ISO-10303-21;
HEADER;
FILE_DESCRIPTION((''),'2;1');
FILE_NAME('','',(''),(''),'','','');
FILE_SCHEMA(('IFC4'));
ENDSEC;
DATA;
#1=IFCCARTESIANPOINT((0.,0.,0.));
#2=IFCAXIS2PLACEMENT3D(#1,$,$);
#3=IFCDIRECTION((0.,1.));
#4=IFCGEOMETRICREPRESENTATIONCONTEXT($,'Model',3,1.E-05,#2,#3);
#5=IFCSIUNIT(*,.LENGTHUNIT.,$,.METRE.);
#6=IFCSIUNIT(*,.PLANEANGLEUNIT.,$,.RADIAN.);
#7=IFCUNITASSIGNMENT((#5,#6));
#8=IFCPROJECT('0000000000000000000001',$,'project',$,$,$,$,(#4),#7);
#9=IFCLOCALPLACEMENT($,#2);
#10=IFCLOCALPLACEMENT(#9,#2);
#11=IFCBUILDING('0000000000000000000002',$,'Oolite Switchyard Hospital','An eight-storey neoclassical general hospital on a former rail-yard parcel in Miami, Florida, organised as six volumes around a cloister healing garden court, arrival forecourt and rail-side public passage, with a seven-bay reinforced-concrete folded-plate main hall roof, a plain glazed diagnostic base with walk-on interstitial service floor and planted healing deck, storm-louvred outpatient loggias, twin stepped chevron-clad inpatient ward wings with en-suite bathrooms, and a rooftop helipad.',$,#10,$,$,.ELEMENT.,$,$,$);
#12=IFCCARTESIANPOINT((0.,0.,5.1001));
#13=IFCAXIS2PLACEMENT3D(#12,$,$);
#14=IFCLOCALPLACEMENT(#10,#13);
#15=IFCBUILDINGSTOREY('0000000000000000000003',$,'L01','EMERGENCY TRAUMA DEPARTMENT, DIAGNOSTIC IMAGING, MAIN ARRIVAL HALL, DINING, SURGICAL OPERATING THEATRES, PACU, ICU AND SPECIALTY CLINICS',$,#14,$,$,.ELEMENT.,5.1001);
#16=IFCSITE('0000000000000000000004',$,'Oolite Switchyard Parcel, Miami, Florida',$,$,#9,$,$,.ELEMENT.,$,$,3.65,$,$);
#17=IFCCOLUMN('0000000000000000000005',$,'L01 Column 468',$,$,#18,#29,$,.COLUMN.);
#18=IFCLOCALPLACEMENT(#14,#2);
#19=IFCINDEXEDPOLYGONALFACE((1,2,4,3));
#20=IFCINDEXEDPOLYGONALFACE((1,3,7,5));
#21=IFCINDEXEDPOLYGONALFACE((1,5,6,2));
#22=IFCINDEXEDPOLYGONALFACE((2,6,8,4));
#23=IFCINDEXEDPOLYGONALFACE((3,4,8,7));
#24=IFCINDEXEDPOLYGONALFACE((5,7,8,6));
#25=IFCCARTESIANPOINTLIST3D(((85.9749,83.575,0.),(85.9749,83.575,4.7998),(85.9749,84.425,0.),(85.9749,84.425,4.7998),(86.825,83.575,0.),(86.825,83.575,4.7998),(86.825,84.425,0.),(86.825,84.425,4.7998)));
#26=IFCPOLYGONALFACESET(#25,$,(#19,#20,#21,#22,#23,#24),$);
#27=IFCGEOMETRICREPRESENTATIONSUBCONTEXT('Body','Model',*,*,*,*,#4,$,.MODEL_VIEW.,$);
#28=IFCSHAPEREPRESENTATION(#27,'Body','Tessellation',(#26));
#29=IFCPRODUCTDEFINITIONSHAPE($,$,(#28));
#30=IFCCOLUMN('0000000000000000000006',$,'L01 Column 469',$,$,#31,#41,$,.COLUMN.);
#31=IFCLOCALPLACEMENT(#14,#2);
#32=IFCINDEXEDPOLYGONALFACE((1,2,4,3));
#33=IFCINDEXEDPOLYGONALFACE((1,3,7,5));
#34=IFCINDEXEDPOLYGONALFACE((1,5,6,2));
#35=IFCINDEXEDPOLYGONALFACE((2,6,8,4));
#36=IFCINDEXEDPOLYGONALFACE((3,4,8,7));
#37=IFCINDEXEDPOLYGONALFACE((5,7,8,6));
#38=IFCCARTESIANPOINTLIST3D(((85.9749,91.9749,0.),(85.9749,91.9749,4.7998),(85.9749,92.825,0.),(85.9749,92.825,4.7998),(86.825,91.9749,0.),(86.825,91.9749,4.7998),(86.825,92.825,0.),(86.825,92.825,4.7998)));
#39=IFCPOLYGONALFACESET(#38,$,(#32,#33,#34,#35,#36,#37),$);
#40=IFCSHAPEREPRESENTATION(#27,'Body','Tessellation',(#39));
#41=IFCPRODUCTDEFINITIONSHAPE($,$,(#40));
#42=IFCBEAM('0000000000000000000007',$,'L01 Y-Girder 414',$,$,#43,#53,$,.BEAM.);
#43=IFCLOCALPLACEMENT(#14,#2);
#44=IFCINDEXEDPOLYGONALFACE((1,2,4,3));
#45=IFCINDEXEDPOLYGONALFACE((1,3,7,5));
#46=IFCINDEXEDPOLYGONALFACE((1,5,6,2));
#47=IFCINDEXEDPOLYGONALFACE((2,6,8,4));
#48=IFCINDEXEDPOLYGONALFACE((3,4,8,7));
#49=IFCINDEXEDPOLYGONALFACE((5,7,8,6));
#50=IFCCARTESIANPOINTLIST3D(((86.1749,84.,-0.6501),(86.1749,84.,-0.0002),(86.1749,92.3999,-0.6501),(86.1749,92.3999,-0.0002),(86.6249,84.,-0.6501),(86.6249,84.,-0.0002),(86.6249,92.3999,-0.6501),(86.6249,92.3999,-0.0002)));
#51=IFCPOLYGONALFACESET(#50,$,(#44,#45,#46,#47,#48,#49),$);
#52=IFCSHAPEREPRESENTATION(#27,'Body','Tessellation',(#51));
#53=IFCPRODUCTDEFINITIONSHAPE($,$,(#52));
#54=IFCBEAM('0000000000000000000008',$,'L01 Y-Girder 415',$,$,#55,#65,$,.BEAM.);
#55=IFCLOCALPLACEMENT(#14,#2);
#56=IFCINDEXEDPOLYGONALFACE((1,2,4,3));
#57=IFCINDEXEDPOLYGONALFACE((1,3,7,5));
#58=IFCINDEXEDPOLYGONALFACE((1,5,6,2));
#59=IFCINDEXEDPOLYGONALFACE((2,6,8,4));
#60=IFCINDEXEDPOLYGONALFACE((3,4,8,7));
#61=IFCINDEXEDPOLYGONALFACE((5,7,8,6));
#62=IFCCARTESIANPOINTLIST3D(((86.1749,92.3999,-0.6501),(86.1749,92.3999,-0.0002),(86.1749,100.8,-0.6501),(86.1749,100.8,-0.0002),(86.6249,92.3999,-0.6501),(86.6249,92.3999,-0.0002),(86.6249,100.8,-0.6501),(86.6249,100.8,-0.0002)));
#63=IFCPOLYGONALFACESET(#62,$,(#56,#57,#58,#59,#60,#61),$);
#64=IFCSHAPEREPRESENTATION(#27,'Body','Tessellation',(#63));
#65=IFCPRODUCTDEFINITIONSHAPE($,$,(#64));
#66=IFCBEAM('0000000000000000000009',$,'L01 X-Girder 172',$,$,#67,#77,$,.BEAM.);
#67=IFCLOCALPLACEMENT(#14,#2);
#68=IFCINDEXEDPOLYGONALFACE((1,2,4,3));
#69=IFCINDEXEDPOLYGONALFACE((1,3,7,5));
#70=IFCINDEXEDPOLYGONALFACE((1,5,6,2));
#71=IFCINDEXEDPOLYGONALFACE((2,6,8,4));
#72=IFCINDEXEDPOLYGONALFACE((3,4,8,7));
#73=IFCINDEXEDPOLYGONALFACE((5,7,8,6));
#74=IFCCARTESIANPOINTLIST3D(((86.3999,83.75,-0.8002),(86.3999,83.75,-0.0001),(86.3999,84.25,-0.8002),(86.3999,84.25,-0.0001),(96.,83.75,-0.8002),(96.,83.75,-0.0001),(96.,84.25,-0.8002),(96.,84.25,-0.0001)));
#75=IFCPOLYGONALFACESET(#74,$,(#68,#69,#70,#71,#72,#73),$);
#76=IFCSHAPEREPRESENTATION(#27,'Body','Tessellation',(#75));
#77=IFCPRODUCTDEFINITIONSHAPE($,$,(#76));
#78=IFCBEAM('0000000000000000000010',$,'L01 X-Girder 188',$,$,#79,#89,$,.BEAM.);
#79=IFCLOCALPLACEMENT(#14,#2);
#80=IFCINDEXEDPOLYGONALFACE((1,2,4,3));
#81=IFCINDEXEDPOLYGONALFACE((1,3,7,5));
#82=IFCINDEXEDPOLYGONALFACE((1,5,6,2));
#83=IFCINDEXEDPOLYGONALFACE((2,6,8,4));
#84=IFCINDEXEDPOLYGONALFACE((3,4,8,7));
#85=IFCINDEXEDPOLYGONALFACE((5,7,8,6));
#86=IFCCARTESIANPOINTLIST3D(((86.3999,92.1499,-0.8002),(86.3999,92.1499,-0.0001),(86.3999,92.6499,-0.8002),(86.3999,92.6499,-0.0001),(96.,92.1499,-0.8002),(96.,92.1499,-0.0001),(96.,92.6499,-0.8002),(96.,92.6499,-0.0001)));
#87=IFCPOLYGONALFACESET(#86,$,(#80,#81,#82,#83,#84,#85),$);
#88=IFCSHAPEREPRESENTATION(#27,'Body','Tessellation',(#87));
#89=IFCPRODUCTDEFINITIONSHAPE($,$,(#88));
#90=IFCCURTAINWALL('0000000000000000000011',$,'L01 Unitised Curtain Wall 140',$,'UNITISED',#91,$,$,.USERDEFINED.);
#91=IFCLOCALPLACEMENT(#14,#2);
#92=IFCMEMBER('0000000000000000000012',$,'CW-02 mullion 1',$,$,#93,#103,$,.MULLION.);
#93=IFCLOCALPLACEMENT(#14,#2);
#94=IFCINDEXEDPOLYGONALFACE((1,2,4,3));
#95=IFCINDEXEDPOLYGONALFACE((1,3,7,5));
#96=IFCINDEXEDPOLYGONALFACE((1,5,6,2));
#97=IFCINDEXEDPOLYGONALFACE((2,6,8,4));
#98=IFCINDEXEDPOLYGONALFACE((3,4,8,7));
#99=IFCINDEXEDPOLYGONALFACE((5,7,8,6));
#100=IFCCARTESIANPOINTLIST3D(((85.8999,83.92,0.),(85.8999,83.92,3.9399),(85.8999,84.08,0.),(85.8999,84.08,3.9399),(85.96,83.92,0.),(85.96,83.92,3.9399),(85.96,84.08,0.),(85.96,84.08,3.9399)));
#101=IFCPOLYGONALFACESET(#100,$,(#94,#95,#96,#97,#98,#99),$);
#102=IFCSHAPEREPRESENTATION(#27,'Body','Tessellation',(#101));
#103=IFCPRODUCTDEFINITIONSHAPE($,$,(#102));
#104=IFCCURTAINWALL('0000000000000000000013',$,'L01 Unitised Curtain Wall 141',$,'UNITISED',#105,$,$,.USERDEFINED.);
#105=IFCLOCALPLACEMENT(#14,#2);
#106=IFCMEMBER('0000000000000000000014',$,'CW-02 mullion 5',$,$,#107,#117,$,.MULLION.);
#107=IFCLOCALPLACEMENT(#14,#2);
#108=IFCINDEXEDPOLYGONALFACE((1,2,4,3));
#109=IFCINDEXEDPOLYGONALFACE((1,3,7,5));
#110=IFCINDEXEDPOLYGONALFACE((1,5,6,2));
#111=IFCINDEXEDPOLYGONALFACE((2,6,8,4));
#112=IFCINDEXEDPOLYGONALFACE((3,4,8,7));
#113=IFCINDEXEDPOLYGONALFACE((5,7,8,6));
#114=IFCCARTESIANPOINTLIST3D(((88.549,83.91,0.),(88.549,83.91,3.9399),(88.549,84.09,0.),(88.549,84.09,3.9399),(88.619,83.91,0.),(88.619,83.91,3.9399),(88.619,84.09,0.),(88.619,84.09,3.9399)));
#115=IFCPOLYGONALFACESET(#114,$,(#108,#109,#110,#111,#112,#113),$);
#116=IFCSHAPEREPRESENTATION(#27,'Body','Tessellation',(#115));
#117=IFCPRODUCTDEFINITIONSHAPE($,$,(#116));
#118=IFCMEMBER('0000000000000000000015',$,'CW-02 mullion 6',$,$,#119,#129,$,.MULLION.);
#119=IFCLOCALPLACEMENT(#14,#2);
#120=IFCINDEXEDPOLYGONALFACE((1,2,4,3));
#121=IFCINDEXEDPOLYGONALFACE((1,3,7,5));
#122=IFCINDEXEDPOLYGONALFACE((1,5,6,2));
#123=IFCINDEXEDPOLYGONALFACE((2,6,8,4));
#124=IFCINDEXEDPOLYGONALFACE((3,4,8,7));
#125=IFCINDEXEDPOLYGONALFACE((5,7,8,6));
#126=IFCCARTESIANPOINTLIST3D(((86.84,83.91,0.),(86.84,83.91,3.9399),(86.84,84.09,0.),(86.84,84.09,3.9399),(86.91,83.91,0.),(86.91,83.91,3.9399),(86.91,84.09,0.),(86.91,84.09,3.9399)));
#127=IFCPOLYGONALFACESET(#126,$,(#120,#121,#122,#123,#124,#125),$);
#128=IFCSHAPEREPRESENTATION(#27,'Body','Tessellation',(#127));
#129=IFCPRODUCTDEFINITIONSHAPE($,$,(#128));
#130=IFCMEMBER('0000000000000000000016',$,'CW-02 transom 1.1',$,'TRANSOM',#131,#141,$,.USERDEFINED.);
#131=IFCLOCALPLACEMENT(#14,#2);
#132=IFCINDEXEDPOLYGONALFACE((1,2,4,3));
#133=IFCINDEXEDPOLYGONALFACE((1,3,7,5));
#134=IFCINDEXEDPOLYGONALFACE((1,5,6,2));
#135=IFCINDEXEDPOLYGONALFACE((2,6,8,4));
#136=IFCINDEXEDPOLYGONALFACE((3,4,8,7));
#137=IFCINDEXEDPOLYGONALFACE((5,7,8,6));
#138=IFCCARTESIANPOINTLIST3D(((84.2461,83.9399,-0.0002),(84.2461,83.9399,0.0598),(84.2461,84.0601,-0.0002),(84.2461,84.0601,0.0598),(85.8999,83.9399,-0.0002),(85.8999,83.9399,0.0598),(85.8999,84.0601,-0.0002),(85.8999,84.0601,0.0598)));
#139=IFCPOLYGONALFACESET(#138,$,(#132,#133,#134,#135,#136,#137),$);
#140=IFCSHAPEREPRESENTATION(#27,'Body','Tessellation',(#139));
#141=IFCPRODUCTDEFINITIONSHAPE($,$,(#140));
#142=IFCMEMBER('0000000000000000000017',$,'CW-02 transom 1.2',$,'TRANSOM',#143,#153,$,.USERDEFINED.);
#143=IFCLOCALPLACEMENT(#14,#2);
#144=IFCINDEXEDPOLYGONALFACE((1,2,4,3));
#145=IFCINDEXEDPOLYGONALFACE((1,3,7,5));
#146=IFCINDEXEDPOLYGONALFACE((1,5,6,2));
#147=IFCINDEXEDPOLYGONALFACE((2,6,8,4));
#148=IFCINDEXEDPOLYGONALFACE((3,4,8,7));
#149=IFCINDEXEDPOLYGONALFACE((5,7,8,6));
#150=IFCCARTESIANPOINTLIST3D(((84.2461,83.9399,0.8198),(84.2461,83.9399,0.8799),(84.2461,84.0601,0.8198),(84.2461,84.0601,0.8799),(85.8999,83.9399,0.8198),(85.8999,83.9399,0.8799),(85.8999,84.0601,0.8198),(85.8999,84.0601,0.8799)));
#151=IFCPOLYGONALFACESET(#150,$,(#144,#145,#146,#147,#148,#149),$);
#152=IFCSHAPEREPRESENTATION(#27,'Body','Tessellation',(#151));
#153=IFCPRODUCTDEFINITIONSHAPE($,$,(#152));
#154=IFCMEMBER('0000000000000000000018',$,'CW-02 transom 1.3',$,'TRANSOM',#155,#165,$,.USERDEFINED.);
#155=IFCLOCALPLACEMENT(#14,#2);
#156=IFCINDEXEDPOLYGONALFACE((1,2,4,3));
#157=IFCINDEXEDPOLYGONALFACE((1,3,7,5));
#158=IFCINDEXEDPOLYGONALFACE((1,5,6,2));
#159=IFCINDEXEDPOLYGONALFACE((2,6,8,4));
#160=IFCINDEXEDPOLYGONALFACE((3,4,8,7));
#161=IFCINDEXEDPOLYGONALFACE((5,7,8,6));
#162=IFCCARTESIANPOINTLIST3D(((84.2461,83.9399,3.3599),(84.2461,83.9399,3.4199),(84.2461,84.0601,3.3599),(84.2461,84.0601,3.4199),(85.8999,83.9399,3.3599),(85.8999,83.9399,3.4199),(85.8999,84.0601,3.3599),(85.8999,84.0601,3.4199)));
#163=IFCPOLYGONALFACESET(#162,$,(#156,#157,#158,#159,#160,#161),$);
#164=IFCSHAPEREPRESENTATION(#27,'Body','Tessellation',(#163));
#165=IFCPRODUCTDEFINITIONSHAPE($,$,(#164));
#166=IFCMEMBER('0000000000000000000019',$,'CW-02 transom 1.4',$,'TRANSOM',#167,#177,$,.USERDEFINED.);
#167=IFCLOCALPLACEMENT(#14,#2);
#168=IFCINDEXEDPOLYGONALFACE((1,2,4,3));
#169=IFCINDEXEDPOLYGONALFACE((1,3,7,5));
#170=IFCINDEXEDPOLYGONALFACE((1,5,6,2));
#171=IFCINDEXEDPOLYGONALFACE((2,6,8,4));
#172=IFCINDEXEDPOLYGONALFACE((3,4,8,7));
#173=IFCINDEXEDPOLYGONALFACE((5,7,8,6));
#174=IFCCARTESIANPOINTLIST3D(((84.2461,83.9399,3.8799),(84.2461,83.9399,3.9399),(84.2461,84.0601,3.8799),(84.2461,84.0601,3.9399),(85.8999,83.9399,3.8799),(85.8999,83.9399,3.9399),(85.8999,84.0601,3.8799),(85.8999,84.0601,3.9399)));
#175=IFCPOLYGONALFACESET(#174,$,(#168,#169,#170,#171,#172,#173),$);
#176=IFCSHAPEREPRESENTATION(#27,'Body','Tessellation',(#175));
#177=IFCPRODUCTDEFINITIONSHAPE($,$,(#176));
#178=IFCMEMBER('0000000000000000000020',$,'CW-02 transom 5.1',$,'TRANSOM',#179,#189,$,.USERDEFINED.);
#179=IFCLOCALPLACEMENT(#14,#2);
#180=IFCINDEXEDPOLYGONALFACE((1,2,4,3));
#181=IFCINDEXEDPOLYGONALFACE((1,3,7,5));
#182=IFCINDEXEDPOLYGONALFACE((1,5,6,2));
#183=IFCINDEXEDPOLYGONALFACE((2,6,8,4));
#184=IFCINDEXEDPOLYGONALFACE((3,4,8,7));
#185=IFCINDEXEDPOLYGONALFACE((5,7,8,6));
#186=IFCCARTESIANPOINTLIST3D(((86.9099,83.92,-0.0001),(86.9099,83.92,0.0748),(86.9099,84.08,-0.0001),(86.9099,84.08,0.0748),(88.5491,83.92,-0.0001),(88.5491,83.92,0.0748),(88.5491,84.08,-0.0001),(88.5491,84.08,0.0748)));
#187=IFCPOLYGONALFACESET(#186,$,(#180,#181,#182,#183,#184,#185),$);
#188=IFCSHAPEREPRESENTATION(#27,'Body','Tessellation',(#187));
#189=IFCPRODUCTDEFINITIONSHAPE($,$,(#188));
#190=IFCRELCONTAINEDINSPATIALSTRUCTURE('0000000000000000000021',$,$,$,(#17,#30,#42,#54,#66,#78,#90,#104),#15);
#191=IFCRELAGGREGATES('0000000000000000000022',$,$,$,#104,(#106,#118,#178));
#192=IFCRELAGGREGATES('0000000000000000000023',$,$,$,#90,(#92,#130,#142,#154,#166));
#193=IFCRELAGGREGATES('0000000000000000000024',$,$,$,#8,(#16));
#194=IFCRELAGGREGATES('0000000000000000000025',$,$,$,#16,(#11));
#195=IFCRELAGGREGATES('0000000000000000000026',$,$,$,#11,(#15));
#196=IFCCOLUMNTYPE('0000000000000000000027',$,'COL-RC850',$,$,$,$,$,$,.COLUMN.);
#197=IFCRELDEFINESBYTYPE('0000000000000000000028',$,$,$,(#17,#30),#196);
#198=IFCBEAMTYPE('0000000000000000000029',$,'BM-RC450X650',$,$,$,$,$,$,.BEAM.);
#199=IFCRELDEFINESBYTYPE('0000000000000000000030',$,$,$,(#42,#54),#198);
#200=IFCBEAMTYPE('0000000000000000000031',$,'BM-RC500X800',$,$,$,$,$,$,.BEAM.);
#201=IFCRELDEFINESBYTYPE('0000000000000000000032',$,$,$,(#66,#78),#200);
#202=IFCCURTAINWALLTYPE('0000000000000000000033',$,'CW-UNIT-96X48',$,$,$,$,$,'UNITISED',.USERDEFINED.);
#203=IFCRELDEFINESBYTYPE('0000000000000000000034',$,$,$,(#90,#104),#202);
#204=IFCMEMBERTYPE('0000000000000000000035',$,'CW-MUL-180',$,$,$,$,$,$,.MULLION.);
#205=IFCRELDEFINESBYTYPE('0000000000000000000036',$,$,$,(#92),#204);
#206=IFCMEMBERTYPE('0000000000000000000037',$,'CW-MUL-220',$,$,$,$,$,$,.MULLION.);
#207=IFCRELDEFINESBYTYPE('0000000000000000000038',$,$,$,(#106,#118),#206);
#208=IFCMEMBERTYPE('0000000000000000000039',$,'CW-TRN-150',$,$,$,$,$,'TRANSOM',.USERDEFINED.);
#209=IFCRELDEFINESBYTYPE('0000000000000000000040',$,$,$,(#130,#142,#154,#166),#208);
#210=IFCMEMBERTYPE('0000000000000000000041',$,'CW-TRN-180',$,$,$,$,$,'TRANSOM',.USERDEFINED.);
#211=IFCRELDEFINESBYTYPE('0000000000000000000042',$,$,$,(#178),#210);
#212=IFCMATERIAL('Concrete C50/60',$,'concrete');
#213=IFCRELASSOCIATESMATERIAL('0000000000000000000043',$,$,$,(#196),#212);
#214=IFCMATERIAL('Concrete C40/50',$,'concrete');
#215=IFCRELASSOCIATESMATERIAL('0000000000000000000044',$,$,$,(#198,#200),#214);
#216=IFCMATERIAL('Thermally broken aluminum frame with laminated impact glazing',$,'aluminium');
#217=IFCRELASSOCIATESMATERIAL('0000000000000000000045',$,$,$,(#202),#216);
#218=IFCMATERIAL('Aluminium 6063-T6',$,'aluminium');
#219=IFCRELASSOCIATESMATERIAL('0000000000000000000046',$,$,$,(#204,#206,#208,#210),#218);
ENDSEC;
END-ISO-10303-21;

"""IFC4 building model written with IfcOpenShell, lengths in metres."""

from ifc_helpers import new_model, si_unit, direction, frame, origin, origin_2d, place, context, subcontext, project, spatial, rectangle, extrude, material, material_profile, profile_set, type_object, element, aggregate, save


model = new_model("IFC4")

# Units and contexts
model_context = context("Model", 3, precision=1e-05, world=origin(), true_north=direction((0.0, 1.0)))
body_context = subcontext(model_context, "Body", "Model", "MODEL_VIEW")
ifc_project = project(units=[si_unit("LENGTHUNIT", "METRE"), si_unit("PLANEANGLEUNIT", "RADIAN")], contexts=[model_context])

# Site, building, storey
site_placement = place(None, origin())
site = spatial("IfcSite", under=ifc_project, at=site_placement, Name="Oolite Switchyard Parcel, Miami, Florida", CompositionType="ELEMENT", RefElevation=3.65)
building_placement = place(site_placement, origin())
building = spatial("IfcBuilding", under=site, at=building_placement, Name="Oolite Switchyard Hospital", Description="An eight-storey neoclassical general hospital on a former rail-yard parcel in Miami, Florida, organised as six volumes around a cloister healing garden court, arrival forecourt and rail-side public passage, with a seven-bay reinforced-concrete folded-plate main hall roof, a plain glazed diagnostic base with walk-on interstitial service floor and planted healing deck, storm-louvred outpatient loggias, twin stepped chevron-clad inpatient ward wings with en-suite bathrooms, and a rooftop helipad.", CompositionType="ELEMENT")
storey_placement = place(building_placement, frame((0.0, 0.0, 5.1001)))
storey = spatial("IfcBuildingStorey", under=building, at=storey_placement, Name="L01", Description="EMERGENCY TRAUMA DEPARTMENT, DIAGNOSTIC IMAGING, MAIN ARRIVAL HALL, DINING, SURGICAL OPERATING THEATRES, PACU, ICU AND SPECIALTY CLINICS", CompositionType="ELEMENT", Elevation=5.1001)

# Columns
ifc_material_1 = material(Name="Concrete C50/60", Category="concrete")
ifc_material_profile_1 = material_profile(ifc_material_1, rectangle(XDim=0.8501, YDim=0.8501, at=origin_2d()), Name="RC850X850")
ifc_profile_set_1 = profile_set([ifc_material_profile_1], Name="Concrete C50/60")
column_type = type_object("IfcColumnType", Name="COL-RC850", PredefinedType="COLUMN", material=ifc_profile_set_1)
for number, where, z_axis, x_axis, name in (
    (1, (86.3999, 84.0, 0.0), (0.0, 0.0, 1.0), (1.0, 0.0, 0.0), "L01 Column 468"),
    (2, (86.3999, 92.3999, 0.0), (0.0, 0.0, 1.0), (1.0, 0.0, 0.0), "L01 Column 469"),
):
    element("IfcColumn", number, at=place(storey_placement, frame(where, z_axis=z_axis, x_axis=x_axis)), inside=storey, type_object=column_type, Name=name, PredefinedType="COLUMN", context=body_context, shape_type="SweptSolid", body=[
        extrude(rectangle(XDim=0.8501, YDim=0.8501, at=origin_2d()), origin(), (0.0, 0.0, 1.0), 4.7998),
    ])

# Beams
ifc_material_2 = material(Name="Concrete C40/50", Category="concrete")
ifc_material_profile_2 = material_profile(ifc_material_2, rectangle(XDim=0.45, YDim=0.6499, at=origin_2d()), Name="RCB450X650")
ifc_profile_set_2 = profile_set([ifc_material_profile_2], Name="Concrete C40/50")
beam_type_1 = type_object("IfcBeamType", Name="BM-RC450X650", PredefinedType="BEAM", material=ifc_profile_set_2)
beam_1_placement = place(storey_placement, frame((86.3999, 84.0, -0.3252), z_axis=(0.0, 1.0, 0.0), x_axis=(-1.0, 0.0, 0.0)))
element("IfcBeam", 3, at=beam_1_placement, inside=storey, type_object=beam_type_1, Name="L01 Y-Girder 414", PredefinedType="BEAM", context=body_context, shape_type="SweptSolid", body=[
    extrude(rectangle(XDim=0.45, YDim=0.6499, at=origin_2d()), origin(), (0.0, 0.0, 1.0), 8.3999),
])
beam_2_placement = place(storey_placement, frame((86.3999, 92.3999, -0.3252), z_axis=(0.0, 1.0, 0.0), x_axis=(-1.0, 0.0, 0.0)))
element("IfcBeam", 4, at=beam_2_placement, inside=storey, type_object=beam_type_1, Name="L01 Y-Girder 415", PredefinedType="BEAM", context=body_context, shape_type="SweptSolid", body=[
    extrude(rectangle(XDim=0.45, YDim=0.6499, at=origin_2d()), origin(), (0.0, 0.0, 1.0), 8.4001),
])
ifc_material_profile_3 = material_profile(ifc_material_2, rectangle(XDim=0.5, YDim=0.8, at=origin_2d()), Name="RCB500X800")
ifc_profile_set_3 = profile_set([ifc_material_profile_3], Name="Concrete C40/50")
beam_type_2 = type_object("IfcBeamType", Name="BM-RC500X800", PredefinedType="BEAM", material=ifc_profile_set_3)
for number, where, z_axis, x_axis, name in (
    (5, (86.3999, 84.0, -0.4001), (1.0, 0.0, 0.0), (0.0, 1.0, 0.0), "L01 X-Girder 172"),
    (6, (86.3999, 92.3999, -0.4001), (1.0, 0.0, 0.0), (0.0, 1.0, 0.0), "L01 X-Girder 188"),
):
    element("IfcBeam", number, at=place(storey_placement, frame(where, z_axis=z_axis, x_axis=x_axis)), inside=storey, type_object=beam_type_2, Name=name, PredefinedType="BEAM", context=body_context, shape_type="SweptSolid", body=[
        extrude(rectangle(XDim=0.5, YDim=0.8, at=origin_2d()), origin(), (0.0, 0.0, 1.0), 9.6001),
    ])

# Curtain wall, member
ifc_material_3 = material(Name="Thermally broken aluminum frame with laminated impact glazing", Category="aluminium")
curtain_wall_type = type_object("IfcCurtainWallType", Name="CW-UNIT-96X48", ElementType="UNITISED", PredefinedType="USERDEFINED", material=ifc_material_3)
curtain_wall_1_placement = place(storey_placement, origin())
curtain_wall_1 = element("IfcCurtainWall", 7, at=curtain_wall_1_placement, inside=storey, type_object=curtain_wall_type, Name="L01 Unitised Curtain Wall 140", ObjectType="UNITISED", PredefinedType="USERDEFINED")
ifc_material_4 = material(Name="Aluminium 6063-T6", Category="aluminium")
ifc_material_profile_4 = material_profile(ifc_material_4, rectangle(XDim=0.1599, YDim=0.0601, at=origin_2d()), Name="CWM60X160")
ifc_profile_set_4 = profile_set([ifc_material_profile_4], Name="Aluminium 6063-T6")
member_type_1 = type_object("IfcMemberType", Name="CW-MUL-180", PredefinedType="MULLION", material=ifc_profile_set_4)
member_1_placement = place(storey_placement, frame((85.9299, 84.0, 0.0), z_axis=(0.0, 0.0, 1.0), x_axis=(0.0, -1.0, 0.0)))
member_1 = element("IfcMember", 8, at=member_1_placement, type_object=member_type_1, Name="CW-02 mullion 1", PredefinedType="MULLION", context=body_context, shape_type="SweptSolid", body=[
    extrude(rectangle(XDim=0.1599, YDim=0.0601, at=origin_2d()), origin(), (0.0, 0.0, 1.0), 3.9399),
])

# Curtain wall, members
curtain_wall_2_placement = place(storey_placement, origin())
curtain_wall_2 = element("IfcCurtainWall", 9, at=curtain_wall_2_placement, inside=storey, type_object=curtain_wall_type, Name="L01 Unitised Curtain Wall 141", ObjectType="UNITISED", PredefinedType="USERDEFINED")
ifc_material_profile_5 = material_profile(ifc_material_4, rectangle(XDim=0.1799, YDim=0.0701, at=origin_2d()), Name="CWM70X180")
ifc_profile_set_5 = profile_set([ifc_material_profile_5], Name="Aluminium 6063-T6")
member_type_2 = type_object("IfcMemberType", Name="CW-MUL-220", PredefinedType="MULLION", material=ifc_profile_set_5)
member_2_placement = place(storey_placement, frame((88.584, 84.0, 0.0), z_axis=(0.0, 0.0, 1.0), x_axis=(0.0, -1.0, 0.0)))
member_2 = element("IfcMember", 10, at=member_2_placement, type_object=member_type_2, Name="CW-02 mullion 5", PredefinedType="MULLION", context=body_context, shape_type="SweptSolid", body=[
    extrude(rectangle(XDim=0.1799, YDim=0.0701, at=origin_2d()), origin(), (0.0, 0.0, 1.0), 3.9399),
])
member_3_placement = place(storey_placement, frame((86.875, 84.0, 0.0), z_axis=(0.0, 0.0, 1.0), x_axis=(0.0, -1.0, 0.0)))
member_3 = element("IfcMember", 11, at=member_3_placement, type_object=member_type_2, Name="CW-02 mullion 6", PredefinedType="MULLION", context=body_context, shape_type="SweptSolid", body=[
    extrude(rectangle(XDim=0.1799, YDim=0.0701, at=origin_2d()), origin(), (0.0, 0.0, 1.0), 3.9399),
])

# Members
ifc_material_profile_6 = material_profile(ifc_material_4, rectangle(XDim=0.1201, YDim=0.0601, at=origin_2d()), Name="CWT60X120")
ifc_profile_set_6 = profile_set([ifc_material_profile_6], Name="Aluminium 6063-T6")
member_type_3 = type_object("IfcMemberType", Name="CW-TRN-150", ElementType="TRANSOM", PredefinedType="USERDEFINED", material=ifc_profile_set_6)
member_4_placement = place(storey_placement, frame((85.8999, 84.0, 0.0298), z_axis=(-1.0, 0.0, 0.0), x_axis=(0.0, -1.0, 0.0)))
member_4 = element("IfcMember", 12, at=member_4_placement, type_object=member_type_3, Name="CW-02 transom 1.1", ObjectType="TRANSOM", PredefinedType="USERDEFINED", context=body_context, shape_type="SweptSolid", body=[
    extrude(rectangle(XDim=0.1201, YDim=0.0601, at=origin_2d()), origin(), (0.0, 0.0, 1.0), 1.6538),
])
member_5_placement = place(storey_placement, frame((85.8999, 84.0, 0.8499), z_axis=(-1.0, 0.0, 0.0), x_axis=(0.0, -1.0, 0.0)))
member_5 = element("IfcMember", 13, at=member_5_placement, type_object=member_type_3, Name="CW-02 transom 1.2", ObjectType="TRANSOM", PredefinedType="USERDEFINED", context=body_context, shape_type="SweptSolid", body=[
    extrude(rectangle(XDim=0.1201, YDim=0.0601, at=origin_2d()), origin(), (0.0, 0.0, 1.0), 1.6538),
])
member_6_placement = place(storey_placement, frame((85.8999, 84.0, 3.3899), z_axis=(-1.0, 0.0, 0.0), x_axis=(0.0, -1.0, 0.0)))
member_6 = element("IfcMember", 14, at=member_6_placement, type_object=member_type_3, Name="CW-02 transom 1.3", ObjectType="TRANSOM", PredefinedType="USERDEFINED", context=body_context, shape_type="SweptSolid", body=[
    extrude(rectangle(XDim=0.1201, YDim=0.0601, at=origin_2d()), origin(), (0.0, 0.0, 1.0), 1.6538),
])
member_7_placement = place(storey_placement, frame((85.8999, 84.0, 3.9099), z_axis=(-1.0, 0.0, 0.0), x_axis=(0.0, -1.0, 0.0)))
member_7 = element("IfcMember", 15, at=member_7_placement, type_object=member_type_3, Name="CW-02 transom 1.4", ObjectType="TRANSOM", PredefinedType="USERDEFINED", context=body_context, shape_type="SweptSolid", body=[
    extrude(rectangle(XDim=0.1201, YDim=0.0601, at=origin_2d()), origin(), (0.0, 0.0, 1.0), 1.6538),
])
ifc_material_profile_7 = material_profile(ifc_material_4, rectangle(XDim=0.1599, YDim=0.075, at=origin_2d()), Name="CWT75X160")
ifc_profile_set_7 = profile_set([ifc_material_profile_7], Name="Aluminium 6063-T6")
member_type_4 = type_object("IfcMemberType", Name="CW-TRN-180", ElementType="TRANSOM", PredefinedType="USERDEFINED", material=ifc_profile_set_7)
member_8_placement = place(storey_placement, frame((88.5491, 84.0, 0.0374), z_axis=(-1.0, 0.0, 0.0), x_axis=(0.0, -1.0, 0.0)))
member_8 = element("IfcMember", 16, at=member_8_placement, type_object=member_type_4, Name="CW-02 transom 5.1", ObjectType="TRANSOM", PredefinedType="USERDEFINED", context=body_context, shape_type="SweptSolid", body=[
    extrude(rectangle(XDim=0.1599, YDim=0.075, at=origin_2d()), origin(), (0.0, 0.0, 1.0), 1.6392),
])

aggregate(curtain_wall_2, [member_2, member_3, member_8])
aggregate(curtain_wall_1, [member_1, member_4, member_5, member_6, member_7])

save(model, "model.ifc")
